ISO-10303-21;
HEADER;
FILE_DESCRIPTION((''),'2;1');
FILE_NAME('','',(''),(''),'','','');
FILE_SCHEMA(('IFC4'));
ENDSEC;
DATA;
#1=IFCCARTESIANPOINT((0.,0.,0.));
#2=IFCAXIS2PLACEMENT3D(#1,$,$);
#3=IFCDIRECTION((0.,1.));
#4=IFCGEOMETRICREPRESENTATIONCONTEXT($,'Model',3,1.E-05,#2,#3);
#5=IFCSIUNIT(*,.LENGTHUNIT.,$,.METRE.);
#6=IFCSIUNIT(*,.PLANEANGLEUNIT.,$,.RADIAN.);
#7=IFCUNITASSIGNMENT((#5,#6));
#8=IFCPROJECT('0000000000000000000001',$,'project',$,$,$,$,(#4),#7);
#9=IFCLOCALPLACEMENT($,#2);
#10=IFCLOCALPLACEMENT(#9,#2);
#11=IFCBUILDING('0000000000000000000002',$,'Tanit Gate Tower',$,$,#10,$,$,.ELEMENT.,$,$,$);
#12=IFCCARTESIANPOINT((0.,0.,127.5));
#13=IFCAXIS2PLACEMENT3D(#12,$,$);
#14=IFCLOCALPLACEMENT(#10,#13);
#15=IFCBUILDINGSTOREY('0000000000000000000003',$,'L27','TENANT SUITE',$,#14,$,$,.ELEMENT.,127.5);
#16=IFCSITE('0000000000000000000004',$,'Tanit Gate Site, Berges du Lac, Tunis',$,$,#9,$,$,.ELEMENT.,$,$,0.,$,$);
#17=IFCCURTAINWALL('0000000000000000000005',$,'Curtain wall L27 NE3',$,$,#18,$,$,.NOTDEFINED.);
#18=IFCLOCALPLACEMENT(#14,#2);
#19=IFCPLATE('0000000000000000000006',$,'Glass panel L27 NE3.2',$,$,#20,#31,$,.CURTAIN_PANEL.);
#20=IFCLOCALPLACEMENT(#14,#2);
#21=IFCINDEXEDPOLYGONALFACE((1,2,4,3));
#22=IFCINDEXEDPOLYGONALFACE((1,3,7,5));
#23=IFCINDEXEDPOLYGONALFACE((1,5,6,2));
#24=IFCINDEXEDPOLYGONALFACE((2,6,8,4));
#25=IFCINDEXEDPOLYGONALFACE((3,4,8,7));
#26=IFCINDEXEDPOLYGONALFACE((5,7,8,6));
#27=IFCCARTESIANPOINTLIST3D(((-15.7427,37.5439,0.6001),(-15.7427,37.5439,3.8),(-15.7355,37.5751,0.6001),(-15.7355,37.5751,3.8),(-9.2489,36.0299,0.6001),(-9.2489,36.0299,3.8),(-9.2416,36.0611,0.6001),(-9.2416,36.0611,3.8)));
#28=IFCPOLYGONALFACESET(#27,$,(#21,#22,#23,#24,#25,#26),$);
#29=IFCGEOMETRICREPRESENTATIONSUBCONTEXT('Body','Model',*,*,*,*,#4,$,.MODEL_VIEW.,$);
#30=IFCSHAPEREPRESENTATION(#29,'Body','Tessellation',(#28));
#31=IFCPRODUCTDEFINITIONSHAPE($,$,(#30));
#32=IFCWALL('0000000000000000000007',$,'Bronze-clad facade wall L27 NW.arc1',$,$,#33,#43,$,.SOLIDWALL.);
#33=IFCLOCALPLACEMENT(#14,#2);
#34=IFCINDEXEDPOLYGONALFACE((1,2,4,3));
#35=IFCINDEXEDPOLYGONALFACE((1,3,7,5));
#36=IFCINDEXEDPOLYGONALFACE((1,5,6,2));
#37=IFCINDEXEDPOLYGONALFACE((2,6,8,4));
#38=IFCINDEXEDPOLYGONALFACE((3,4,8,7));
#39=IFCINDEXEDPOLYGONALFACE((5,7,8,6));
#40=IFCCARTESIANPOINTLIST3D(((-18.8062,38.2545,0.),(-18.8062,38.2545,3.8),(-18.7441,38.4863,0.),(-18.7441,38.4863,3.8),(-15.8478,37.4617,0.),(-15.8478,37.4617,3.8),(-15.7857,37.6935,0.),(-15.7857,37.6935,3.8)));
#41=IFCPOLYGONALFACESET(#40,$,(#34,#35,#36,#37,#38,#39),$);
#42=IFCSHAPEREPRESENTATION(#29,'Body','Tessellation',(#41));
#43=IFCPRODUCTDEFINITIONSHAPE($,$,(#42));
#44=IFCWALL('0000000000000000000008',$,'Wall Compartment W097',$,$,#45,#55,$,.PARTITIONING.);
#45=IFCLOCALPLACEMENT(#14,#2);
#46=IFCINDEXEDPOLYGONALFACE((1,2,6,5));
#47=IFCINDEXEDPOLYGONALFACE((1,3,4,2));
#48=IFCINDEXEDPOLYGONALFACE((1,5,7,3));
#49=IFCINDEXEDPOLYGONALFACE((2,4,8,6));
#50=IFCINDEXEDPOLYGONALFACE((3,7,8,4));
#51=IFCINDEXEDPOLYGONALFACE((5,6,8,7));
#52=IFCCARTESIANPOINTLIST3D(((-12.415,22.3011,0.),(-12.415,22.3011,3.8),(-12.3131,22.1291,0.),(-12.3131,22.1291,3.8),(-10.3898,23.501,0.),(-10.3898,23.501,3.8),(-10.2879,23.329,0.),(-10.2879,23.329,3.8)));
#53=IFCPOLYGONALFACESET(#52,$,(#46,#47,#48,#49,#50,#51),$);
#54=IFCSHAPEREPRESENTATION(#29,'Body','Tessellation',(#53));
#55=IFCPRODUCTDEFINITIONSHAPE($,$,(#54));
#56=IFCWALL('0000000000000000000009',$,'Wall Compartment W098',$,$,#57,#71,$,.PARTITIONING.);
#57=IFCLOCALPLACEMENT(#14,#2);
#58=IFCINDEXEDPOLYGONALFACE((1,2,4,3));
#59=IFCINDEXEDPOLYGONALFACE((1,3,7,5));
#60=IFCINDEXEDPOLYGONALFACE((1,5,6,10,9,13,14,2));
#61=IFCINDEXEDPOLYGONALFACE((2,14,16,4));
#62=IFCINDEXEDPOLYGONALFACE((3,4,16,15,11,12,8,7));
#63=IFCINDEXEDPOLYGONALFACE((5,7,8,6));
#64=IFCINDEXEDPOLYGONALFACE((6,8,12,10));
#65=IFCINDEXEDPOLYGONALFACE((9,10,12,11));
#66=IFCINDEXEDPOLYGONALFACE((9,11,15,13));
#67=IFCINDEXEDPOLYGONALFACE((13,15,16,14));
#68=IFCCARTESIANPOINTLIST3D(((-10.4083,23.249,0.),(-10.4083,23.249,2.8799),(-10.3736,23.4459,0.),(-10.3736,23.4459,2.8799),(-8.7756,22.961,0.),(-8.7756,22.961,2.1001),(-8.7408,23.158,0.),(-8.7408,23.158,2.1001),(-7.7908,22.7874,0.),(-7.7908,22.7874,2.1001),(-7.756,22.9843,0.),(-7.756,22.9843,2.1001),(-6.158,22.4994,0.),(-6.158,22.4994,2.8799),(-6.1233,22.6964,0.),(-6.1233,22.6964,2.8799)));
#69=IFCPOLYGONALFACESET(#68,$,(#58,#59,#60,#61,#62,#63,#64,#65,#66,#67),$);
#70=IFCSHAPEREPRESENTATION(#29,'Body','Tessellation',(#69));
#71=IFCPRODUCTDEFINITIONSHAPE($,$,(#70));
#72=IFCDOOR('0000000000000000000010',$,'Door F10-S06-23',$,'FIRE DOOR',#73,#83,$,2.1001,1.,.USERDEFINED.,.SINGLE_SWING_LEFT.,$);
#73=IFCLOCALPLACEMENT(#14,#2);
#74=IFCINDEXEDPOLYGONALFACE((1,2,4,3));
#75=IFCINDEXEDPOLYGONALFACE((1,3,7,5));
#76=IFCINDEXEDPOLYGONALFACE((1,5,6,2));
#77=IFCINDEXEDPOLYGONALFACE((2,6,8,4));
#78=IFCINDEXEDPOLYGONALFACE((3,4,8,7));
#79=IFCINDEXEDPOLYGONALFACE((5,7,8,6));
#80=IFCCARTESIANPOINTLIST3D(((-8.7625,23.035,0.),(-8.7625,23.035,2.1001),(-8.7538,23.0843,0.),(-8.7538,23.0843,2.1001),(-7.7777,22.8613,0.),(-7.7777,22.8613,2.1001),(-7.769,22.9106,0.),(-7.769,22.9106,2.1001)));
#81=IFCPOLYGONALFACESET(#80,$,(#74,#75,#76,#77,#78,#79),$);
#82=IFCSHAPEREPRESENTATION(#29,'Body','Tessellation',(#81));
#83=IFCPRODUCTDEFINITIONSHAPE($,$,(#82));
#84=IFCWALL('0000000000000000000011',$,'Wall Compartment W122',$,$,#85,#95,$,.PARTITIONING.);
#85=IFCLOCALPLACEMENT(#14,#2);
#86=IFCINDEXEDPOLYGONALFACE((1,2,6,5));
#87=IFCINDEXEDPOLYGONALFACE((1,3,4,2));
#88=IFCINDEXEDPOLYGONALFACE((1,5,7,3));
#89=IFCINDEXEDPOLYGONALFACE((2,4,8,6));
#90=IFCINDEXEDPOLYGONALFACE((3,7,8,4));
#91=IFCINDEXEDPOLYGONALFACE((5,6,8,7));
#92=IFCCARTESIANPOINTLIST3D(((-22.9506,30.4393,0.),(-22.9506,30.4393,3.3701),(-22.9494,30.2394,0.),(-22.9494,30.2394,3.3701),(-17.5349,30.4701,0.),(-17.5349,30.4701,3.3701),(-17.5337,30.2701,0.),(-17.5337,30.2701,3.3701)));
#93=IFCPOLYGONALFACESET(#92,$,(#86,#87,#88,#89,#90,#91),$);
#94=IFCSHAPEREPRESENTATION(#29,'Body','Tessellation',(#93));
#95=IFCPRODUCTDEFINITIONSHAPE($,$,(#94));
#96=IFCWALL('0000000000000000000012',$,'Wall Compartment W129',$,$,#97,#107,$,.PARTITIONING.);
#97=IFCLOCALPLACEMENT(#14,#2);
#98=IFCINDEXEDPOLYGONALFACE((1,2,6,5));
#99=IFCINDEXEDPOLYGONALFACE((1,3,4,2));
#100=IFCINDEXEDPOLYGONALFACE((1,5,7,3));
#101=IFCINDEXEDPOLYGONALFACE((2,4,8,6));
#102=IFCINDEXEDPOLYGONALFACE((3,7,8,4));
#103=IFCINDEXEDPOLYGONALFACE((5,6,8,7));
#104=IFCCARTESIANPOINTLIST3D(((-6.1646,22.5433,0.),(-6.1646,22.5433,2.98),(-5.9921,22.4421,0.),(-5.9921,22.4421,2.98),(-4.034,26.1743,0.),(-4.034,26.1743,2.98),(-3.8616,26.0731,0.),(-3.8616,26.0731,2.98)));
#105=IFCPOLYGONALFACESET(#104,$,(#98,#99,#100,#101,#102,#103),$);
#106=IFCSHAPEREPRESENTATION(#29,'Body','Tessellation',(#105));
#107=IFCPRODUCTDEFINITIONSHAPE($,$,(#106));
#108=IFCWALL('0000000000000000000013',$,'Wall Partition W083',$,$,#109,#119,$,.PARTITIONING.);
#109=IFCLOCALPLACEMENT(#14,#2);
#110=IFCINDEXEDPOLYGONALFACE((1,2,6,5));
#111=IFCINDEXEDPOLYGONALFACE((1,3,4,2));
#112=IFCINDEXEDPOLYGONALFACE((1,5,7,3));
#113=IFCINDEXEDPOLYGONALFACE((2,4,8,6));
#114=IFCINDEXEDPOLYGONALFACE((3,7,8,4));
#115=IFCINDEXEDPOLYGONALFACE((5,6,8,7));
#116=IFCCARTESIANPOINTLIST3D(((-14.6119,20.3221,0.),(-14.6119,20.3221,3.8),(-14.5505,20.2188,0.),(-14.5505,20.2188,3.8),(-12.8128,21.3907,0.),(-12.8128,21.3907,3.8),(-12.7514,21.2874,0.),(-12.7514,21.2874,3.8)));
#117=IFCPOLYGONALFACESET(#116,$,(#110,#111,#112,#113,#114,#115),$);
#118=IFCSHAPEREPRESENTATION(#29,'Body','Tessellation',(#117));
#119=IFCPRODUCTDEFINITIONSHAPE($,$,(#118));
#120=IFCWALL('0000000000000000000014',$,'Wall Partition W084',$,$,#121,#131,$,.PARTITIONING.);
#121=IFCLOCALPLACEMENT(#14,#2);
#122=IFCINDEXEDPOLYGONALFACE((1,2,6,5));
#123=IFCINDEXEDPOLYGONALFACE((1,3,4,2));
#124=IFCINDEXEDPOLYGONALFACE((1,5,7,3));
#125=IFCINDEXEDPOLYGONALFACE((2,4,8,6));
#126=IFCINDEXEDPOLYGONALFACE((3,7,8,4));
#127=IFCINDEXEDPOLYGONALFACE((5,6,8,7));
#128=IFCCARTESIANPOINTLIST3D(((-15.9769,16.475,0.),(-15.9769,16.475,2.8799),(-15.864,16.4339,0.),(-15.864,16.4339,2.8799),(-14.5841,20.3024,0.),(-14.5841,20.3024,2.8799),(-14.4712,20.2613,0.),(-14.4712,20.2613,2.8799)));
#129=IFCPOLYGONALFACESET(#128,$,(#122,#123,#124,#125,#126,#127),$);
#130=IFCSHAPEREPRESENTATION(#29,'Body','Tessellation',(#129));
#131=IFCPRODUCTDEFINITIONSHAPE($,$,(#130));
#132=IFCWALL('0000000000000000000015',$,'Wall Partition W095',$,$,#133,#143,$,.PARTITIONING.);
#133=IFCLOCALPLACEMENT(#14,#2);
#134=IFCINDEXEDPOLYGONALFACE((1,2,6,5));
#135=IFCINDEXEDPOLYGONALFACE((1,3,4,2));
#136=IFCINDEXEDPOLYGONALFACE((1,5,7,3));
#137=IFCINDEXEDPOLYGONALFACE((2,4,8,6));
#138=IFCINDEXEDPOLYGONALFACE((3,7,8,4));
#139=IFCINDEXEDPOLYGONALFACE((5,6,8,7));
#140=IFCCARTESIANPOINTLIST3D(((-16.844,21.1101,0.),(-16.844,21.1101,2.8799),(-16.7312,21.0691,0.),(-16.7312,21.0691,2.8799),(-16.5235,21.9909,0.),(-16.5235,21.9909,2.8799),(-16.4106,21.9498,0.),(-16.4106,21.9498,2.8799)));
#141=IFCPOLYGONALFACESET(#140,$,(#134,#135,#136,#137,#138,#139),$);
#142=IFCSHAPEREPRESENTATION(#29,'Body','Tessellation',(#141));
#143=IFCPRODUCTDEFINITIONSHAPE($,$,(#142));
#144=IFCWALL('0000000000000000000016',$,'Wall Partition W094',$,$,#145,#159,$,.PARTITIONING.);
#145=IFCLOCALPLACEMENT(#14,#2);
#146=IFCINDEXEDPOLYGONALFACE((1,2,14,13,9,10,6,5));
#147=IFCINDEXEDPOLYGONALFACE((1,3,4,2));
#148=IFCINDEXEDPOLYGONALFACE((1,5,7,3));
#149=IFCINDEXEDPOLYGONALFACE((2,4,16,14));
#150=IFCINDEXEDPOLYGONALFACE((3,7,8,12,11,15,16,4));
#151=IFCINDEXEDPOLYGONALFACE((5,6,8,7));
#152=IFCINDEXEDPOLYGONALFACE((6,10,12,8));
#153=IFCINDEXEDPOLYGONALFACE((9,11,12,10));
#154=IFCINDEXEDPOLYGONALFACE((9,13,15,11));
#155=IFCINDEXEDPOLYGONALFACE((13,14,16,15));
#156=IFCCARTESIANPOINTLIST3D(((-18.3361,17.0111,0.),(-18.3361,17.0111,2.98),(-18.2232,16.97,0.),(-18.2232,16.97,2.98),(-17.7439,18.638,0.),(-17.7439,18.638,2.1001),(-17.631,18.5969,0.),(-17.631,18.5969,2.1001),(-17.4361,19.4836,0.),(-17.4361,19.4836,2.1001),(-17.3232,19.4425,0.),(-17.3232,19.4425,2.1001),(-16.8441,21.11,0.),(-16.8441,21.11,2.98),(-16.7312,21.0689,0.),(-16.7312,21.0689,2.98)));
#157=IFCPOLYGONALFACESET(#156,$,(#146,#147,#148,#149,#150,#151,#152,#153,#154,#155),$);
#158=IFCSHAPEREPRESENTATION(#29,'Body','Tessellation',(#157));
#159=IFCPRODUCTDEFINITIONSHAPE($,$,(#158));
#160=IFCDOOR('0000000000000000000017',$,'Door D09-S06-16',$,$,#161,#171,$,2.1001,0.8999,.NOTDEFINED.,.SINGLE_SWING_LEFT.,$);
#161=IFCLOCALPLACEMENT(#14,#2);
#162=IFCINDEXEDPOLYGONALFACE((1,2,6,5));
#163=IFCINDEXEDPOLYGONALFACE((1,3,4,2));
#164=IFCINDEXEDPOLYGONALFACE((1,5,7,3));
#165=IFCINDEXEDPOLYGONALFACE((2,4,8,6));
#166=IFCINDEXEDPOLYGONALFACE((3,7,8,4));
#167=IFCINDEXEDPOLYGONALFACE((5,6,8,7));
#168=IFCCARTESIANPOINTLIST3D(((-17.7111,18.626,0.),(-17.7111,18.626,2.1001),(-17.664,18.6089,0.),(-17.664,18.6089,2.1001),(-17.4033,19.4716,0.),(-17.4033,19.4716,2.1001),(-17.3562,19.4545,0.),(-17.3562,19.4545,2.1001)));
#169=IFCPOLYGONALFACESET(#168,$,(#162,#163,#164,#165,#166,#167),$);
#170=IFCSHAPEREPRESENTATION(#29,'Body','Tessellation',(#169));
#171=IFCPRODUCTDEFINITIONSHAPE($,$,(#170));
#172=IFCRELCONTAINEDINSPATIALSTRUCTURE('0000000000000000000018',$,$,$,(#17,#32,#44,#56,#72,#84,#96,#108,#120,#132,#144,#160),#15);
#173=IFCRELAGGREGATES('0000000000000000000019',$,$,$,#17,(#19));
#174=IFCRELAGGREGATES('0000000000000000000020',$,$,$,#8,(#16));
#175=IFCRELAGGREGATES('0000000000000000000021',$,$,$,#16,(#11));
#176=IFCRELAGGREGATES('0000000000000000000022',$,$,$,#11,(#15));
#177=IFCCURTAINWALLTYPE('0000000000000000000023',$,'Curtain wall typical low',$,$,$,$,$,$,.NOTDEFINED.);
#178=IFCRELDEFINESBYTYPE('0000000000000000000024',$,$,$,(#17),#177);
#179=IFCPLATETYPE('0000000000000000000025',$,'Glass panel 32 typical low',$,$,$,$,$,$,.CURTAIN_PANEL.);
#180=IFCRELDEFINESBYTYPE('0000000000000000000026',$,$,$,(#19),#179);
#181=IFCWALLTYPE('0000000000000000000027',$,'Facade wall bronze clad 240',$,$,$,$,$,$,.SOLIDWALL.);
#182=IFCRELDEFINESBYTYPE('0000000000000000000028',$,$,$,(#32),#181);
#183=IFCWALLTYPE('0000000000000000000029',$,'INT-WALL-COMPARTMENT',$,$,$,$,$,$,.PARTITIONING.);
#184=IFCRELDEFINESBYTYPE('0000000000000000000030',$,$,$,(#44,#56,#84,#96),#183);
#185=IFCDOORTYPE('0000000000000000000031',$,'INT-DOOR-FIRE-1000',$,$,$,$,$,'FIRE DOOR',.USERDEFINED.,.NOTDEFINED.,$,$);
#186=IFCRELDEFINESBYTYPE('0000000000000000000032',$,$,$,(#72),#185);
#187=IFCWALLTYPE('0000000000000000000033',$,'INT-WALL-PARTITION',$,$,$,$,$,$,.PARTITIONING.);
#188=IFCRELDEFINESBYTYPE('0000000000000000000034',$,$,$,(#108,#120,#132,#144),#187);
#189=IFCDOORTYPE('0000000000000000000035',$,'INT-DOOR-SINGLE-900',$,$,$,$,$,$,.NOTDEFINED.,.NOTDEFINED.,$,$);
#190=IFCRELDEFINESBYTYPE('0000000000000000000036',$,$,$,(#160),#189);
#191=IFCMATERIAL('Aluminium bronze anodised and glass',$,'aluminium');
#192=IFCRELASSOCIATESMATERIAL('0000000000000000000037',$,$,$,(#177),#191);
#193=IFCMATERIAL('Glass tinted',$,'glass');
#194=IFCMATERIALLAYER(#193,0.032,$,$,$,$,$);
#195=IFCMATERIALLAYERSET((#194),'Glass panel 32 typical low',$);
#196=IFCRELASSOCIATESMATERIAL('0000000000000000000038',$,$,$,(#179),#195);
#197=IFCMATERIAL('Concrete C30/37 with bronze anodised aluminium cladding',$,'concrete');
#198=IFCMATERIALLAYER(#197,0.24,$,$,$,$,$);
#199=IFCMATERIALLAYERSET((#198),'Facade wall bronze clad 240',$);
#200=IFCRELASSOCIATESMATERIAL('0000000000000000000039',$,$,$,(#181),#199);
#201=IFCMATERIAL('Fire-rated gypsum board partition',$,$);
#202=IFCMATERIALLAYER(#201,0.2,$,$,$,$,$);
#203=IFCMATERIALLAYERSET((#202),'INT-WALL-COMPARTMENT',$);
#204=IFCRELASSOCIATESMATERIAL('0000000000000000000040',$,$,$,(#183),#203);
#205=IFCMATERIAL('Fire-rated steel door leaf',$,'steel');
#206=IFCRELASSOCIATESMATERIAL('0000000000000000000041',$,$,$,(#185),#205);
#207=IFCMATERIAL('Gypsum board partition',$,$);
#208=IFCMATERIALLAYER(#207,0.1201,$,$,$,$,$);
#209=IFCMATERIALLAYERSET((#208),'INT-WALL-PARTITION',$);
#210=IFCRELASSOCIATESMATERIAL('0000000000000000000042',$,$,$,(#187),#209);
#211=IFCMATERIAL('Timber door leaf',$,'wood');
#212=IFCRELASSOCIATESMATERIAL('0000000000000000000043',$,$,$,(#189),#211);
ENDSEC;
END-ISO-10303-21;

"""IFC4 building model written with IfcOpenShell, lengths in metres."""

from ifc_helpers import new_model, si_unit, direction, frame, frame_2d, origin, origin_2d, place, context, subcontext, project, spatial, rectangle, extrude, material, layer, layer_set, type_object, element, fill, aggregate, save


model = new_model("IFC4")

# Units and contexts
model_context = context("Model", 3, precision=1e-05, world=origin(), true_north=direction((0.0, 1.0)))
body_context = subcontext(model_context, "Body", "Model", "MODEL_VIEW")
ifc_project = project(units=[si_unit("LENGTHUNIT", "METRE"), si_unit("PLANEANGLEUNIT", "RADIAN")], contexts=[model_context])

# Site, building, storey
site_placement = place(None, origin())
site = spatial("IfcSite", under=ifc_project, at=site_placement, Name="Tanit Gate Site, Berges du Lac, Tunis", CompositionType="ELEMENT", RefElevation=0.0)
building_placement = place(site_placement, origin())
building = spatial("IfcBuilding", under=site, at=building_placement, Name="Tanit Gate Tower", CompositionType="ELEMENT")
storey_placement = place(building_placement, frame((0.0, 0.0, 127.5)))
storey = spatial("IfcBuildingStorey", under=building, at=storey_placement, Name="L27", Description="TENANT SUITE", CompositionType="ELEMENT", Elevation=127.5)

# Curtain wall
ifc_material_1 = material(Name="Aluminium bronze anodised and glass", Category="aluminium")
curtain_wall_type = type_object("IfcCurtainWallType", Name="Curtain wall typical low", PredefinedType="NOTDEFINED", material=ifc_material_1)
curtain_wall_placement = place(storey_placement, origin())
curtain_wall = element("IfcCurtainWall", 1, at=curtain_wall_placement, inside=storey, type_object=curtain_wall_type, Name="Curtain wall L27 NE3", PredefinedType="NOTDEFINED")

# Plate
ifc_material_2 = material(Name="Glass tinted", Category="glass")
ifc_layer_1 = layer(ifc_material_2, 0.032)
ifc_layer_set_1 = layer_set([ifc_layer_1], Name="Glass panel 32 typical low")
plate_type = type_object("IfcPlateType", Name="Glass panel 32 typical low", PredefinedType="CURTAIN_PANEL", material=ifc_layer_set_1)
plate_1_placement = place(storey_placement, frame((-12.4922, 36.8025, 0.6001), z_axis=(0.0, 0.0, 1.0), x_axis=(-0.973882, 0.227056, 0.0)))
plate_1 = element("IfcPlate", 2, at=plate_1_placement, type_object=plate_type, Name="Glass panel L27 NE3.2", PredefinedType="CURTAIN_PANEL", context=body_context, shape_type="SweptSolid", body=[
    extrude(rectangle(XDim=6.668, YDim=0.032, at=origin_2d()), origin(), (0.0, 0.0, 1.0), 3.2),
])
aggregate(curtain_wall, [plate_1])

# Walls
ifc_material_3 = material(Name="Concrete C30/37 with bronze anodised aluminium cladding", Category="concrete")
ifc_layer_2 = layer(ifc_material_3, 0.24)
ifc_layer_set_2 = layer_set([ifc_layer_2], Name="Facade wall bronze clad 240")
wall_type_1 = type_object("IfcWallType", Name="Facade wall bronze clad 240", PredefinedType="SOLIDWALL", material=ifc_layer_set_2)
wall_1_placement = place(storey_placement, frame((-15.8169, 37.5776, 0.0), z_axis=(0.0, 0.0, 1.0), x_axis=(-0.965921, 0.258838, 0.0)))
element("IfcWall", 3, at=wall_1_placement, inside=storey, type_object=wall_type_1, Name="Bronze-clad facade wall L27 NW.arc1", PredefinedType="SOLIDWALL", context=body_context, shape_type="SweptSolid", body=[
    extrude(rectangle(XDim=3.0627, YDim=0.24, at=frame_2d((1.5312, 0.0))), origin(), (0.0, 0.0, 1.0), 3.8),
])
ifc_material_4 = material(Name="Fire-rated gypsum board partition")
ifc_layer_3 = layer(ifc_material_4, 0.2)
ifc_layer_set_3 = layer_set([ifc_layer_3], Name="INT-WALL-COMPARTMENT")
wall_type_2 = type_object("IfcWallType", Name="INT-WALL-COMPARTMENT", PredefinedType="PARTITIONING", material=ifc_layer_set_3)
wall_2_placement = place(storey_placement, frame((-10.3389, 23.415, 0.0), z_axis=(0.0, 0.0, 1.0), x_axis=(-0.860317, -0.50976, 0.0)))
element("IfcWall", 4, at=wall_2_placement, inside=storey, type_object=wall_type_2, Name="Wall Compartment W097", PredefinedType="PARTITIONING", context=body_context, shape_type="SweptSolid", body=[
    extrude(rectangle(XDim=2.354, YDim=0.2, at=frame_2d((1.177, 0.0))), origin(), (0.0, 0.0, 1.0), 3.8),
])

# Wall, opening, door
wall_3_placement = place(storey_placement, frame((-6.1406, 22.5979, 0.0), z_axis=(0.0, 0.0, 1.0), x_axis=(-0.984805, 0.173666, 0.0)))
wall_3 = element("IfcWall", 5, at=wall_3_placement, inside=storey, type_object=wall_type_2, Name="Wall Compartment W098", PredefinedType="PARTITIONING", context=body_context, shape_type="SweptSolid", body=[
    extrude(rectangle(XDim=4.3159, YDim=0.2, at=frame_2d((2.158, 0.0))), origin(), (0.0, 0.0, 1.0), 2.8799),
])
opening_1_placement = place(wall_3_placement, frame((1.658, 0.0, 0.0)))
opening_1 = element("IfcOpeningElement", 6, at=opening_1_placement, cuts=wall_3, PredefinedType="OPENING", context=body_context, shape_type="SweptSolid", body=[
    extrude(rectangle(XDim=1.0, YDim=2.1001, at=frame_2d((0.5, 1.05))), frame((0.0, 0.1099, 0.0), z_axis=(0.0, -1.0, 0.0), x_axis=(1.0, 0.0, 0.0)), (0.0, 0.0, 1.0), 0.22),
])
ifc_material_5 = material(Name="Fire-rated steel door leaf", Category="steel")
door_type_1 = type_object("IfcDoorType", Name="INT-DOOR-FIRE-1000", ElementType="FIRE DOOR", OperationType="NOTDEFINED", PredefinedType="USERDEFINED", material=ifc_material_5)
door_1_placement = place(opening_1_placement, origin())
door_1 = element("IfcDoor", 7, at=door_1_placement, inside=storey, type_object=door_type_1, Name="Door F10-S06-23", ObjectType="FIRE DOOR", OperationType="SINGLE_SWING_LEFT", OverallHeight=2.1001, OverallWidth=1.0, PredefinedType="USERDEFINED", context=body_context, shape_type="SweptSolid", body=[
    extrude(rectangle(XDim=1.0, YDim=2.1001, at=frame_2d((0.5, 1.05))), frame((0.0, 0.0249, 0.0), z_axis=(0.0, -1.0, 0.0), x_axis=(1.0, 0.0, 0.0)), (0.0, 0.0, 1.0), 0.05),
])
fill(opening_1, door_1)

# Walls
wall_4_placement = place(storey_placement, frame((-17.5342, 30.3701, 0.0), z_axis=(0.0, 0.0, 1.0), x_axis=(-0.999984, -0.00568, 0.0)))
element("IfcWall", 8, at=wall_4_placement, inside=storey, type_object=wall_type_2, Name="Wall Compartment W122", PredefinedType="PARTITIONING", context=body_context, shape_type="SweptSolid", body=[
    extrude(rectangle(XDim=5.4158, YDim=0.2, at=frame_2d((2.708, 0.0))), origin(), (0.0, 0.0, 1.0), 3.3701),
])
wall_5_placement = place(storey_placement, frame((-6.0784, 22.4927, 0.0), z_axis=(0.0, 0.0, 1.0), x_axis=(0.50608, 0.862487, 0.0)))
element("IfcWall", 9, at=wall_5_placement, inside=storey, type_object=wall_type_2, Name="Wall Compartment W129", PredefinedType="PARTITIONING", context=body_context, shape_type="SweptSolid", body=[
    extrude(rectangle(XDim=4.21, YDim=0.2, at=frame_2d((2.105, 0.0))), origin(), (0.0, 0.0, 1.0), 2.98),
])
ifc_material_6 = material(Name="Gypsum board partition")
ifc_layer_4 = layer(ifc_material_6, 0.1201)
ifc_layer_set_4 = layer_set([ifc_layer_4], Name="INT-WALL-PARTITION")
wall_type_3 = type_object("IfcWallType", Name="INT-WALL-PARTITION", PredefinedType="PARTITIONING", material=ifc_layer_set_4)
wall_6_placement = place(storey_placement, frame((-12.782, 21.3391, 0.0), z_axis=(0.0, 0.0, 1.0), x_axis=(-0.85977, -0.510682, 0.0)))
element("IfcWall", 10, at=wall_6_placement, inside=storey, type_object=wall_type_3, Name="Wall Partition W083", PredefinedType="PARTITIONING", context=body_context, shape_type="SweptSolid", body=[
    extrude(rectangle(XDim=2.0925, YDim=0.1201, at=frame_2d((1.0464, 0.0))), origin(), (0.0, 0.0, 1.0), 3.8),
])
wall_7_placement = place(storey_placement, frame((-14.5276, 20.282, 0.0), z_axis=(0.0, 0.0, 1.0), x_axis=(-0.341969, -0.939711, 0.0)))
element("IfcWall", 11, at=wall_7_placement, inside=storey, type_object=wall_type_3, Name="Wall Partition W084", PredefinedType="PARTITIONING", context=body_context, shape_type="SweptSolid", body=[
    extrude(rectangle(XDim=4.073, YDim=0.1201, at=frame_2d((2.0366, 0.0))), origin(), (0.0, 0.0, 1.0), 2.8799),
])
wall_8_placement = place(storey_placement, frame((-16.467, 21.9705, 0.0), z_axis=(0.0, 0.0, 1.0), x_axis=(-0.341973, -0.93971, 0.0)))
element("IfcWall", 12, at=wall_8_placement, inside=storey, type_object=wall_type_3, Name="Wall Partition W095", PredefinedType="PARTITIONING", context=body_context, shape_type="SweptSolid", body=[
    extrude(rectangle(XDim=0.9373, YDim=0.1201, at=frame_2d((0.4688, 0.0))), origin(), (0.0, 0.0, 1.0), 2.8799),
])

# Wall, opening, door
wall_9_placement = place(storey_placement, frame((-16.7876, 21.0896, 0.0), z_axis=(0.0, 0.0, 1.0), x_axis=(-0.342035, -0.939687, 0.0)))
wall_9 = element("IfcWall", 13, at=wall_9_placement, inside=storey, type_object=wall_type_3, Name="Wall Partition W094", PredefinedType="PARTITIONING", context=body_context, shape_type="SweptSolid", body=[
    extrude(rectangle(XDim=4.3621, YDim=0.1201, at=frame_2d((2.1812, 0.0))), origin(), (0.0, 0.0, 1.0), 2.98),
])
opening_2_placement = place(wall_9_placement, frame((1.731, 0.0, 0.0)))
opening_2 = element("IfcOpeningElement", 14, at=opening_2_placement, cuts=wall_9, PredefinedType="OPENING", context=body_context, shape_type="SweptSolid", body=[
    extrude(rectangle(XDim=0.8999, YDim=2.1001, at=frame_2d((0.45, 1.05))), frame((0.0, 0.0701, 0.0), z_axis=(0.0, -1.0, 0.0), x_axis=(1.0, 0.0, 0.0)), (0.0, 0.0, 1.0), 0.1401),
])
ifc_material_7 = material(Name="Timber door leaf", Category="wood")
door_type_2 = type_object("IfcDoorType", Name="INT-DOOR-SINGLE-900", OperationType="NOTDEFINED", PredefinedType="NOTDEFINED", material=ifc_material_7)
door_2_placement = place(opening_2_placement, origin())
door_2 = element("IfcDoor", 15, at=door_2_placement, inside=storey, type_object=door_type_2, Name="Door D09-S06-16", OperationType="SINGLE_SWING_LEFT", OverallHeight=2.1001, OverallWidth=0.8999, PredefinedType="NOTDEFINED", context=body_context, shape_type="SweptSolid", body=[
    extrude(rectangle(XDim=0.8999, YDim=2.1001, at=frame_2d((0.45, 1.05))), frame((0.0, 0.0249, 0.0), z_axis=(0.0, -1.0, 0.0), x_axis=(1.0, 0.0, 0.0)), (0.0, 0.0, 1.0), 0.05),
])
fill(opening_2, door_2)

save(model, "model.ifc")
